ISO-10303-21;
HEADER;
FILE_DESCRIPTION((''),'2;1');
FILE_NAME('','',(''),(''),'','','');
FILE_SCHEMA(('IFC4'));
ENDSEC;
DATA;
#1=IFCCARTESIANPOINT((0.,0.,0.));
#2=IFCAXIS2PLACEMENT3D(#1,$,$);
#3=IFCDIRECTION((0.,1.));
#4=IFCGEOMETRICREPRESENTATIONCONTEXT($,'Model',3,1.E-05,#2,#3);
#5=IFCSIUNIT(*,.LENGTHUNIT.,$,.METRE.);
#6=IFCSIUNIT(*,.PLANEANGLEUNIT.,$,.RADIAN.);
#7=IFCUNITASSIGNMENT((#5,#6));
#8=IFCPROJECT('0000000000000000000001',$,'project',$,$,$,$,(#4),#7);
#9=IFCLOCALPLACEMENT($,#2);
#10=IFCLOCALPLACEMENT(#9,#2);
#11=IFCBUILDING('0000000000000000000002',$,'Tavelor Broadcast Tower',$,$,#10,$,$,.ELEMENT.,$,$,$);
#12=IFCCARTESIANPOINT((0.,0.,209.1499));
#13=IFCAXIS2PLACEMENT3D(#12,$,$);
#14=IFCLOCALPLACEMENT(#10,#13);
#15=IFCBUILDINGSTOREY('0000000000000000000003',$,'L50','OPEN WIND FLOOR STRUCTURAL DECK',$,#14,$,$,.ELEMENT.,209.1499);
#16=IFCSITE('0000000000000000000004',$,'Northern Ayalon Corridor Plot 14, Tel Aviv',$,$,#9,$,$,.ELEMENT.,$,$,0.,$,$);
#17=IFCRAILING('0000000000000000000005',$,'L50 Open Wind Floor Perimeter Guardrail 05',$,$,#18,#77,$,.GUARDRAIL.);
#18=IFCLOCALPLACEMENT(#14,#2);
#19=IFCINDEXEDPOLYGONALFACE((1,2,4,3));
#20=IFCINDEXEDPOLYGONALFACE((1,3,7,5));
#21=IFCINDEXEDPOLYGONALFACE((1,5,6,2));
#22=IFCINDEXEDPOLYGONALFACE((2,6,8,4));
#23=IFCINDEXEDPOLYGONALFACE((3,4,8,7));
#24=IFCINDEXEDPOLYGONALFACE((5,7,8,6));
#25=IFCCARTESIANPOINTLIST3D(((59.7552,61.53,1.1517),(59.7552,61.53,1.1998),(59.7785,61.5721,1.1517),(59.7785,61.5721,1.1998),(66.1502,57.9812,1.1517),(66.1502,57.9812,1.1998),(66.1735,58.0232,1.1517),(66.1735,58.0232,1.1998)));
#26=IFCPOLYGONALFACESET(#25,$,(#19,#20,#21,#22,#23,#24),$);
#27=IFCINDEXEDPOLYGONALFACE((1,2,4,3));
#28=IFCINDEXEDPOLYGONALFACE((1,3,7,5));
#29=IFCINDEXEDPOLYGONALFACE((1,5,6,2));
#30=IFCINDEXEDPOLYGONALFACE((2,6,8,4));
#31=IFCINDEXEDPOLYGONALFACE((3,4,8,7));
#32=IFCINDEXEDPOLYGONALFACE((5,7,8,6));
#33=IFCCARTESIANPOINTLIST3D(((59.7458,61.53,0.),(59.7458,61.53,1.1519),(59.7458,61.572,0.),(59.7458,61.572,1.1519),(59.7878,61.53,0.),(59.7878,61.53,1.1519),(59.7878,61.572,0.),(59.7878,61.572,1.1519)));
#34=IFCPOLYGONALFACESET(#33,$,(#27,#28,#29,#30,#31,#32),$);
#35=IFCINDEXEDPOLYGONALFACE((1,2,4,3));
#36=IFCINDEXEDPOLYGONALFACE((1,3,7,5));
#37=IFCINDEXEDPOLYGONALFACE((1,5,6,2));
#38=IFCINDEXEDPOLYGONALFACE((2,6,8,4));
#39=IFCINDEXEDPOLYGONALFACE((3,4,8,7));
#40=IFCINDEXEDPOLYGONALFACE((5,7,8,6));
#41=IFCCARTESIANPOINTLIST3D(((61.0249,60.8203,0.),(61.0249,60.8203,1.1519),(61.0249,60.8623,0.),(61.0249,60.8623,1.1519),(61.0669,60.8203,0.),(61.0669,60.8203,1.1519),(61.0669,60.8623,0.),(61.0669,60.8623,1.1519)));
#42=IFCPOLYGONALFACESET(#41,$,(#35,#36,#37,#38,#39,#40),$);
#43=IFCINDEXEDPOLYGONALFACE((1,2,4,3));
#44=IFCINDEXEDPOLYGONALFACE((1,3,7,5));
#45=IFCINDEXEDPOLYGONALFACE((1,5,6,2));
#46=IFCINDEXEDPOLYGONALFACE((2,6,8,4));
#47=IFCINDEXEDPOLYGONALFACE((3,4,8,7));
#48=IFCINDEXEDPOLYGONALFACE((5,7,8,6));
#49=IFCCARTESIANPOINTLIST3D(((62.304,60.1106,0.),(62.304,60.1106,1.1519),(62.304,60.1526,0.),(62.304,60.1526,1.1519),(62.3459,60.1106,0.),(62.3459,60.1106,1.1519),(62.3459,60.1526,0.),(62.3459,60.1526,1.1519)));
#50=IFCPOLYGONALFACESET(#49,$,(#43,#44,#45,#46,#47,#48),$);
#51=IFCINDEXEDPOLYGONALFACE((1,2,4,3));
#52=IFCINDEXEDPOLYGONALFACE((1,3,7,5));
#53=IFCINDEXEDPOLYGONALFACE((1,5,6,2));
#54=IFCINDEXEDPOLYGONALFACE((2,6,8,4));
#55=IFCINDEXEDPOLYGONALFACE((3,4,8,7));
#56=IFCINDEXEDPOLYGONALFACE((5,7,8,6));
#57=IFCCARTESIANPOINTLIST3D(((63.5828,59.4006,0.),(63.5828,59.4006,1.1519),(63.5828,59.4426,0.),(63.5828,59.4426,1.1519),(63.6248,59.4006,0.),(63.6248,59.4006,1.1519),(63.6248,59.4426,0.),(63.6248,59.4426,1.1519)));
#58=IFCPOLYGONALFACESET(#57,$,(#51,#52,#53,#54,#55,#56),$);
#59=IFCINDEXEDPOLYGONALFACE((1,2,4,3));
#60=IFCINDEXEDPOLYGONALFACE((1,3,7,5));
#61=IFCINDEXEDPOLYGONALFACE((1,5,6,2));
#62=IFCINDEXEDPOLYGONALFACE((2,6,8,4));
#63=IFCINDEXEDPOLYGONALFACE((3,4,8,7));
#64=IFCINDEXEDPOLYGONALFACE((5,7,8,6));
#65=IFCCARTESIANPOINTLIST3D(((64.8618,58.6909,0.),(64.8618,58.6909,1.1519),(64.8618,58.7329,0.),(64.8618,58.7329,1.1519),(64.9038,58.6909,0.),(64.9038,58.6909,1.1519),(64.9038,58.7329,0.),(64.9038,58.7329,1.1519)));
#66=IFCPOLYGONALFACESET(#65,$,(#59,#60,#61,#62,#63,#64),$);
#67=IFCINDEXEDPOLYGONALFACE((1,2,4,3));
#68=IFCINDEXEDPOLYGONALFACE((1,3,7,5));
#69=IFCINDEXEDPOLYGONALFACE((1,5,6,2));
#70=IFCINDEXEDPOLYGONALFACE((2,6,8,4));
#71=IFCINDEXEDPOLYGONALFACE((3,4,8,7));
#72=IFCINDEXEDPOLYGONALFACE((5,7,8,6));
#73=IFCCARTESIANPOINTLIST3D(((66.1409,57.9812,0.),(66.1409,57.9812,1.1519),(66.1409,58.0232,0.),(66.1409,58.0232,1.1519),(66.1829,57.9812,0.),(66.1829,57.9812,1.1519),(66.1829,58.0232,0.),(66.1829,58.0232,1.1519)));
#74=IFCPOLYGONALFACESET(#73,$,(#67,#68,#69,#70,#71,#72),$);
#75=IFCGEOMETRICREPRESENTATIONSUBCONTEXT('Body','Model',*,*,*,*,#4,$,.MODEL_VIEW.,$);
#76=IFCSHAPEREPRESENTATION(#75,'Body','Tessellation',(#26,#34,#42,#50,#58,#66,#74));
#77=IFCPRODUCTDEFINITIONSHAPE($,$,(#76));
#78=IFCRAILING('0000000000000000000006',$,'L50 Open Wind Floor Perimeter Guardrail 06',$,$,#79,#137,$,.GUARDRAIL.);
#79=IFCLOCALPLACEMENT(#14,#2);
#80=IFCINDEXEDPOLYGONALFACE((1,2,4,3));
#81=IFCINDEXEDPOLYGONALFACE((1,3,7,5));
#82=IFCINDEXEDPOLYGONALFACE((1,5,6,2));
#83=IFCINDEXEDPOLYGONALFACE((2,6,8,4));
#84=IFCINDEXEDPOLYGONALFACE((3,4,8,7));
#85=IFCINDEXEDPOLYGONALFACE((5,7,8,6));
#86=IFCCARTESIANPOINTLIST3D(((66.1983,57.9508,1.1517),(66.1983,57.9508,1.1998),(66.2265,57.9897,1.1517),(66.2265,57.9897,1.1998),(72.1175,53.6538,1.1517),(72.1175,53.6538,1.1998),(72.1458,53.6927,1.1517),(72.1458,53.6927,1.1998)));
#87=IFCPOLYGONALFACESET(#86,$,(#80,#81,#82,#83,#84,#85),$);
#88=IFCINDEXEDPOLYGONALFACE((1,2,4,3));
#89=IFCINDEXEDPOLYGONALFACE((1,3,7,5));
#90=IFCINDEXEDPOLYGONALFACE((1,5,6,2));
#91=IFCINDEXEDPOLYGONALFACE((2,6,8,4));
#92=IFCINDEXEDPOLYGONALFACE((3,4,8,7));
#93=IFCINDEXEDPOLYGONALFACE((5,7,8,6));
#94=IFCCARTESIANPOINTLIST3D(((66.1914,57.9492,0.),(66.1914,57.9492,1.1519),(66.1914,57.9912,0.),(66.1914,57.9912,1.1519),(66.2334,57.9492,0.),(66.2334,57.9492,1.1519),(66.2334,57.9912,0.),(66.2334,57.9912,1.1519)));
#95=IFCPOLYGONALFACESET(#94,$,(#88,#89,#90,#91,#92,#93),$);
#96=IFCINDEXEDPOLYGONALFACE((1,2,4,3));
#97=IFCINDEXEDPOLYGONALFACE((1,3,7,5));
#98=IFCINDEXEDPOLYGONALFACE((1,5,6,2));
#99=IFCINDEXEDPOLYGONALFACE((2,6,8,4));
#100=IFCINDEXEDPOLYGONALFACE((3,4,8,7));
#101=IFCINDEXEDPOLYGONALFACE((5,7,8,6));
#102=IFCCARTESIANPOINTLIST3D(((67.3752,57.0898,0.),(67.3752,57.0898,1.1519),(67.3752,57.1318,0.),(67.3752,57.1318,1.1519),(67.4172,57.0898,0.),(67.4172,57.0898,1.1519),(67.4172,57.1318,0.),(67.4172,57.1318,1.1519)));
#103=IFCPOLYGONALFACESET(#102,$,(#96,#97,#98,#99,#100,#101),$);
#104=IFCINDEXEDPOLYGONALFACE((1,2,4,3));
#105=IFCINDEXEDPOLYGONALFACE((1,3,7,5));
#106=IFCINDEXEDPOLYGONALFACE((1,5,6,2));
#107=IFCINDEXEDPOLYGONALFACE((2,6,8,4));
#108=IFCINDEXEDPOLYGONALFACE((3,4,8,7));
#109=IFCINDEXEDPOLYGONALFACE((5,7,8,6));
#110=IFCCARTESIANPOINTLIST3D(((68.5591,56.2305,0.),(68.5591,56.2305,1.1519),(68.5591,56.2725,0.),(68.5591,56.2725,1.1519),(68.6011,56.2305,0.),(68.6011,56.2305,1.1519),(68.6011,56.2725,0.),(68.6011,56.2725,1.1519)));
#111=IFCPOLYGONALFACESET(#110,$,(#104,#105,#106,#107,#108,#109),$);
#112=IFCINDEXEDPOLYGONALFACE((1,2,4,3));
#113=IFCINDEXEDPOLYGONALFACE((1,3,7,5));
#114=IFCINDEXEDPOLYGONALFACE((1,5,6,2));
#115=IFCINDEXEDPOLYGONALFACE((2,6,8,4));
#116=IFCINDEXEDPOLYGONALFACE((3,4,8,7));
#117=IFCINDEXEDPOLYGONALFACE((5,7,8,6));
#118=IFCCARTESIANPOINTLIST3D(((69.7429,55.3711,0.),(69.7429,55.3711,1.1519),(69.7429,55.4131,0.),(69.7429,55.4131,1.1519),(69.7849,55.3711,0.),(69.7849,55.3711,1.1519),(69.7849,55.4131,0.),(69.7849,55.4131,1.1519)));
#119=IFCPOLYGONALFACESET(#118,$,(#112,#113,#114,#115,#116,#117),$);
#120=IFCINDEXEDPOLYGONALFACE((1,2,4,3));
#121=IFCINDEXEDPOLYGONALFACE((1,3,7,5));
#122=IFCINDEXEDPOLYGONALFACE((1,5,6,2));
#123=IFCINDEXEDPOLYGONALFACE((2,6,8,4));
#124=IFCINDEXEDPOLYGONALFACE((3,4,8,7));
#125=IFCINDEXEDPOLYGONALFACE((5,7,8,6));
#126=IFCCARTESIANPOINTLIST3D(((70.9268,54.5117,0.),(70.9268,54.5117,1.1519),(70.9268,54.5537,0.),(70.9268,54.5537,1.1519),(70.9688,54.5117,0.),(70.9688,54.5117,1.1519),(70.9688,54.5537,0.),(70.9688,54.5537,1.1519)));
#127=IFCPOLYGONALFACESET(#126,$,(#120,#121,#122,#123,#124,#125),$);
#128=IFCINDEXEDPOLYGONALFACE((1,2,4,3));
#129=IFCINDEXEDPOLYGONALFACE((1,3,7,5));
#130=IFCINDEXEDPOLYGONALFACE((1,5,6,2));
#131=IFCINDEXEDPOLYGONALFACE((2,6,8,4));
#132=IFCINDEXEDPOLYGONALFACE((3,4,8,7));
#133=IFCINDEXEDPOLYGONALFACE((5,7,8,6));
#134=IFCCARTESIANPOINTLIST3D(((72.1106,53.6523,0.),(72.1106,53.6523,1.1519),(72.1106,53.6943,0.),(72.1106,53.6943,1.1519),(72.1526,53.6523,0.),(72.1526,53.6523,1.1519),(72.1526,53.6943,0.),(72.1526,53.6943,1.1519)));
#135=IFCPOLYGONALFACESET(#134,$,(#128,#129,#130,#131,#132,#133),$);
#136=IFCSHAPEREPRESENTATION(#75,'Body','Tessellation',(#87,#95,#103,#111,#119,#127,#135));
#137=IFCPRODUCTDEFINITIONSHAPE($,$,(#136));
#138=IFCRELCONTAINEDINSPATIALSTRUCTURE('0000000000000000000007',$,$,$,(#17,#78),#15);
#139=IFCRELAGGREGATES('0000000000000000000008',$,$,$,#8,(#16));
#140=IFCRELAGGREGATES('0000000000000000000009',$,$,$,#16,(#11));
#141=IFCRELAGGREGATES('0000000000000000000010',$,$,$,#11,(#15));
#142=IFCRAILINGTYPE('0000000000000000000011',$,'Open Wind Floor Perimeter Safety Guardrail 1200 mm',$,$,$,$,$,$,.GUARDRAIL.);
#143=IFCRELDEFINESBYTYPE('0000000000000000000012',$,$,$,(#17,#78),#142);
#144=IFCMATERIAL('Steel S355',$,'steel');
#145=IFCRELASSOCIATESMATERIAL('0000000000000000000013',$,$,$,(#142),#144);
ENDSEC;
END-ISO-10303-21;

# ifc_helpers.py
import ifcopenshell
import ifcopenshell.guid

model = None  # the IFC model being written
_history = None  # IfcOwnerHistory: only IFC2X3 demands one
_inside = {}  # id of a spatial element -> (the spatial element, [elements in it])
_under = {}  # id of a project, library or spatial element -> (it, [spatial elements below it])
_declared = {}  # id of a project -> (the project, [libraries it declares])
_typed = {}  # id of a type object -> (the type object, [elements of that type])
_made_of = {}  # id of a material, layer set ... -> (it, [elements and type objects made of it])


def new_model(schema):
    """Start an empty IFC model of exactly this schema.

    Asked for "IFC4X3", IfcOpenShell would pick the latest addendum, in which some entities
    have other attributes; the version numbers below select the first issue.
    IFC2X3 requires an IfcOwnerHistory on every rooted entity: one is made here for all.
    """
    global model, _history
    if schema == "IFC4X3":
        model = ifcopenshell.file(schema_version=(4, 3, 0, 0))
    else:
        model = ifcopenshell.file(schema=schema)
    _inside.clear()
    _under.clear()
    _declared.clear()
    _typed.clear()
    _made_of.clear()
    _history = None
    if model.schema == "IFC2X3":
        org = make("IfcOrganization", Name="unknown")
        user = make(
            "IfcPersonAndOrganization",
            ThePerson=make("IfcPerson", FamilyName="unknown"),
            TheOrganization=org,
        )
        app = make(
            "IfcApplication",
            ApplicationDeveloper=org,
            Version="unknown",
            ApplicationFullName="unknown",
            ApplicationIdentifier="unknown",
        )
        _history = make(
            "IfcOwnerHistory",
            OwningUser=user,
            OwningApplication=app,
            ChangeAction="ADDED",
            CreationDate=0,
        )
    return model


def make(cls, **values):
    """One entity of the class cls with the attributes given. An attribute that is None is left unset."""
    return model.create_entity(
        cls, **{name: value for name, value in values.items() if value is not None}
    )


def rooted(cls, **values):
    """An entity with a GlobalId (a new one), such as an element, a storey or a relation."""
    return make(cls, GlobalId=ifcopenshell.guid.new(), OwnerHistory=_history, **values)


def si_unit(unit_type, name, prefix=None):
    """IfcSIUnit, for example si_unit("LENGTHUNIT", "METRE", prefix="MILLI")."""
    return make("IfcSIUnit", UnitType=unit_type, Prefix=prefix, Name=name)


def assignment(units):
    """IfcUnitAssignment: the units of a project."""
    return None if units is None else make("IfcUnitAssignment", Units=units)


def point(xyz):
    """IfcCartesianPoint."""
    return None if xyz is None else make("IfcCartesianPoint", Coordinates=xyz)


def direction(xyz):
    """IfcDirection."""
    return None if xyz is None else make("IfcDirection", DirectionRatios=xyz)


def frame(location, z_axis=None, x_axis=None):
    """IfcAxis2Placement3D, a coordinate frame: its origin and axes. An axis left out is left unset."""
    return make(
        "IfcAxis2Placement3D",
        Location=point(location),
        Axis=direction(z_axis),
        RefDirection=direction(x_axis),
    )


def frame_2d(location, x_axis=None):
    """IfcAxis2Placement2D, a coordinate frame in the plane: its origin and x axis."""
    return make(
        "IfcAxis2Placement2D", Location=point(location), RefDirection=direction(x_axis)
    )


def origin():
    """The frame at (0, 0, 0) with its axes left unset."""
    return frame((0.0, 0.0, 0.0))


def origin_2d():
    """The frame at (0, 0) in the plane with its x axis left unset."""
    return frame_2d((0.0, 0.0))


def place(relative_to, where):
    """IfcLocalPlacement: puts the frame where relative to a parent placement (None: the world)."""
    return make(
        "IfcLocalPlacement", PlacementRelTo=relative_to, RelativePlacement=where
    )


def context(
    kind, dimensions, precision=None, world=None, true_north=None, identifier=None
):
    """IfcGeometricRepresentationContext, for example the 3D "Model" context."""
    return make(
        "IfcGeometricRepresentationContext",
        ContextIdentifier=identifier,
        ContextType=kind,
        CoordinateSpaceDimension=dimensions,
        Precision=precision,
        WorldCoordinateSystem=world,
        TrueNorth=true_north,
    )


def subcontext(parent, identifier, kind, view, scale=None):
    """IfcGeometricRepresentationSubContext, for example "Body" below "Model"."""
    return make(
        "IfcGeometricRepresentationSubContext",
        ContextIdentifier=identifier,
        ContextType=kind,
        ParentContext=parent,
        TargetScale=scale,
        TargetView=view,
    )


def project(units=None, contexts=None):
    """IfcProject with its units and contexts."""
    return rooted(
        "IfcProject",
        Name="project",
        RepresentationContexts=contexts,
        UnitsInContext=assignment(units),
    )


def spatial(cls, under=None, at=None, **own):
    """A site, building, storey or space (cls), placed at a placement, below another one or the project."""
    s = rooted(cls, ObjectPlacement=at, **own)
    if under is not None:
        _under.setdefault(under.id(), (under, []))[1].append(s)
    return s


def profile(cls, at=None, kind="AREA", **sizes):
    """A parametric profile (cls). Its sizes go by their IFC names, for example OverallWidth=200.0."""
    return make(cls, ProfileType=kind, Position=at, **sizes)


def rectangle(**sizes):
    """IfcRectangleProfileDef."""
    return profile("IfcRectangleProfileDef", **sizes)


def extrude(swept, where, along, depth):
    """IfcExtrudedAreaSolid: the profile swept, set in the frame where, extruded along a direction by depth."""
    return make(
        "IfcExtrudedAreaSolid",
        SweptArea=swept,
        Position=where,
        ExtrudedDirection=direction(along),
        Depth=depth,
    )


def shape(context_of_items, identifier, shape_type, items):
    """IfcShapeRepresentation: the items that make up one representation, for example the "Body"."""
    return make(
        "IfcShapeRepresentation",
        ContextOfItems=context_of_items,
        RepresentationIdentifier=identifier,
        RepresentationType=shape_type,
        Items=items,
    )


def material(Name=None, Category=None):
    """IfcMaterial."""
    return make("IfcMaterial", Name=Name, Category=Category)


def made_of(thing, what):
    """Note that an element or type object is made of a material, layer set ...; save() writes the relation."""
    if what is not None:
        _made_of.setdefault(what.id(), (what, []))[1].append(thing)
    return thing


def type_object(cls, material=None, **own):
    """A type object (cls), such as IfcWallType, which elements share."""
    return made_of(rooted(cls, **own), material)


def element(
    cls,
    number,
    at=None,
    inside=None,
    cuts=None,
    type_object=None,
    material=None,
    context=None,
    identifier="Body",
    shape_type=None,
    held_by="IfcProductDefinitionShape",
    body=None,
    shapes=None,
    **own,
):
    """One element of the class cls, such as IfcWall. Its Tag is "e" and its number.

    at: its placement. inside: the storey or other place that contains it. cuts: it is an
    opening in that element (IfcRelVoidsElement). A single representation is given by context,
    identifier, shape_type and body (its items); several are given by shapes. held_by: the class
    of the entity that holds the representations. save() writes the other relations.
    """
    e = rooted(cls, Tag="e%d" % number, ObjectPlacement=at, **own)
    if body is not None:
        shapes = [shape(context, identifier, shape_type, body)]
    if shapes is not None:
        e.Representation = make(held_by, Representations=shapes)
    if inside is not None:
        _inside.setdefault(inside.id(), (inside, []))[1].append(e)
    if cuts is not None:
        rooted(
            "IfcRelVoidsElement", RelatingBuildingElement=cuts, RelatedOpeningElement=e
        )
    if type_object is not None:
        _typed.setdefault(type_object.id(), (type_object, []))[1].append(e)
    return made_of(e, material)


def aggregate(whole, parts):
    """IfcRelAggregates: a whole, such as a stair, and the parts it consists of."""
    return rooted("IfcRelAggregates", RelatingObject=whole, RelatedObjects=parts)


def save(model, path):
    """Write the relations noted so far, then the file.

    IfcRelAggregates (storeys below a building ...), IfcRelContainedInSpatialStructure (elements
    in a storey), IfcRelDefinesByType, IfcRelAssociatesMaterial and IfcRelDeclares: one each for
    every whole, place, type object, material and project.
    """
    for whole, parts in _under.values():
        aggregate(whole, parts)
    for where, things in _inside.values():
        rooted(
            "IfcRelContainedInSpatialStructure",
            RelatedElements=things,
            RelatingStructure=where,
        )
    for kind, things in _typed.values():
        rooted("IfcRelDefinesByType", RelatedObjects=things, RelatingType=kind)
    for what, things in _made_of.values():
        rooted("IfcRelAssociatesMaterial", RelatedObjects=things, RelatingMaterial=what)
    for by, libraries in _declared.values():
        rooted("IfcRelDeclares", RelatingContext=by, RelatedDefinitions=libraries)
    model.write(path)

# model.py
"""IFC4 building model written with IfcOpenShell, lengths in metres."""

from ifc_helpers import new_model, si_unit, direction, frame, origin, origin_2d, place, context, subcontext, project, spatial, rectangle, extrude, material, type_object, element, save


model = new_model("IFC4")

# Units and contexts
model_context = context("Model", 3, precision=1e-05, world=origin(), true_north=direction((0.0, 1.0)))
body_context = subcontext(model_context, "Body", "Model", "MODEL_VIEW")
ifc_project = project(units=[si_unit("LENGTHUNIT", "METRE"), si_unit("PLANEANGLEUNIT", "RADIAN")], contexts=[model_context])

# Site, building, storey
site_placement = place(None, origin())
site = spatial("IfcSite", under=ifc_project, at=site_placement, Name="Northern Ayalon Corridor Plot 14, Tel Aviv", CompositionType="ELEMENT", RefElevation=0.0)
building_placement = place(site_placement, origin())
building = spatial("IfcBuilding", under=site, at=building_placement, Name="Tavelor Broadcast Tower", CompositionType="ELEMENT")
storey_placement = place(building_placement, frame((0.0, 0.0, 209.1499)))
storey = spatial("IfcBuildingStorey", under=building, at=storey_placement, Name="L50", Description="OPEN WIND FLOOR STRUCTURAL DECK", CompositionType="ELEMENT", Elevation=209.1499)

# Railings
ifc_material_1 = material(Name="Steel S355", Category="steel")
railing_type = type_object("IfcRailingType", Name="Open Wind Floor Perimeter Safety Guardrail 1200 mm", PredefinedType="GUARDRAIL", material=ifc_material_1)
railing_1_placement = place(storey_placement, frame((59.7668, 61.551, 0.0)))
element("IfcRailing", 1, at=railing_1_placement, inside=storey, type_object=railing_type, Name="L50 Open Wind Floor Perimeter Guardrail 05", PredefinedType="GUARDRAIL", context=body_context, shape_type="SweptSolid", body=[
    extrude(rectangle(XDim=0.0481, YDim=0.0481, at=origin_2d()), frame((0.0, 0.0, 1.1758), z_axis=(0.874387, -0.485229, 0.0), x_axis=(0.485229, 0.874387, 0.0)), (0.0, 0.0, 1.0), 7.3137),
    extrude(rectangle(XDim=0.042, YDim=0.042, at=origin_2d()), origin(), (0.0, 0.0, 1.0), 1.1519),
    extrude(rectangle(XDim=0.042, YDim=0.042, at=origin_2d()), frame((1.2791, -0.7097, 0.0)), (0.0, 0.0, 1.0), 1.1519),
    extrude(rectangle(XDim=0.042, YDim=0.042, at=origin_2d()), frame((2.5581, -1.4194, 0.0)), (0.0, 0.0, 1.0), 1.1519),
    extrude(rectangle(XDim=0.042, YDim=0.042, at=origin_2d()), frame((3.8369, -2.1294, 0.0)), (0.0, 0.0, 1.0), 1.1519),
    extrude(rectangle(XDim=0.042, YDim=0.042, at=origin_2d()), frame((5.116, -2.8391, 0.0)), (0.0, 0.0, 1.0), 1.1519),
    extrude(rectangle(XDim=0.042, YDim=0.042, at=origin_2d()), frame((6.395, -3.5488, 0.0)), (0.0, 0.0, 1.0), 1.1519),
])
railing_2_placement = place(storey_placement, frame((66.2124, 57.9702, 0.0)))
element("IfcRailing", 2, at=railing_2_placement, inside=storey, type_object=railing_type, Name="L50 Open Wind Floor Perimeter Guardrail 06", PredefinedType="GUARDRAIL", context=body_context, shape_type="SweptSolid", body=[
    extrude(rectangle(XDim=0.0481, YDim=0.0481, at=origin_2d()), frame((0.0, 0.0, 1.1758), z_axis=(0.809255, -0.587457, 0.0), x_axis=(0.587457, 0.809255, 0.0)), (0.0, 0.0, 1.0), 7.3145),
    extrude(rectangle(XDim=0.042, YDim=0.042, at=origin_2d()), origin(), (0.0, 0.0, 1.0), 1.1519),
    extrude(rectangle(XDim=0.042, YDim=0.042, at=origin_2d()), frame((1.1838, -0.8594, 0.0)), (0.0, 0.0, 1.0), 1.1519),
    extrude(rectangle(XDim=0.042, YDim=0.042, at=origin_2d()), frame((2.3677, -1.7188, 0.0)), (0.0, 0.0, 1.0), 1.1519),
    extrude(rectangle(XDim=0.042, YDim=0.042, at=origin_2d()), frame((3.5515, -2.5781, 0.0)), (0.0, 0.0, 1.0), 1.1519),
    extrude(rectangle(XDim=0.042, YDim=0.042, at=origin_2d()), frame((4.7354, -3.4375, 0.0)), (0.0, 0.0, 1.0), 1.1519),
    extrude(rectangle(XDim=0.042, YDim=0.042, at=origin_2d()), frame((5.9192, -4.2969, 0.0)), (0.0, 0.0, 1.0), 1.1519),
])

save(model, "model.ifc")
